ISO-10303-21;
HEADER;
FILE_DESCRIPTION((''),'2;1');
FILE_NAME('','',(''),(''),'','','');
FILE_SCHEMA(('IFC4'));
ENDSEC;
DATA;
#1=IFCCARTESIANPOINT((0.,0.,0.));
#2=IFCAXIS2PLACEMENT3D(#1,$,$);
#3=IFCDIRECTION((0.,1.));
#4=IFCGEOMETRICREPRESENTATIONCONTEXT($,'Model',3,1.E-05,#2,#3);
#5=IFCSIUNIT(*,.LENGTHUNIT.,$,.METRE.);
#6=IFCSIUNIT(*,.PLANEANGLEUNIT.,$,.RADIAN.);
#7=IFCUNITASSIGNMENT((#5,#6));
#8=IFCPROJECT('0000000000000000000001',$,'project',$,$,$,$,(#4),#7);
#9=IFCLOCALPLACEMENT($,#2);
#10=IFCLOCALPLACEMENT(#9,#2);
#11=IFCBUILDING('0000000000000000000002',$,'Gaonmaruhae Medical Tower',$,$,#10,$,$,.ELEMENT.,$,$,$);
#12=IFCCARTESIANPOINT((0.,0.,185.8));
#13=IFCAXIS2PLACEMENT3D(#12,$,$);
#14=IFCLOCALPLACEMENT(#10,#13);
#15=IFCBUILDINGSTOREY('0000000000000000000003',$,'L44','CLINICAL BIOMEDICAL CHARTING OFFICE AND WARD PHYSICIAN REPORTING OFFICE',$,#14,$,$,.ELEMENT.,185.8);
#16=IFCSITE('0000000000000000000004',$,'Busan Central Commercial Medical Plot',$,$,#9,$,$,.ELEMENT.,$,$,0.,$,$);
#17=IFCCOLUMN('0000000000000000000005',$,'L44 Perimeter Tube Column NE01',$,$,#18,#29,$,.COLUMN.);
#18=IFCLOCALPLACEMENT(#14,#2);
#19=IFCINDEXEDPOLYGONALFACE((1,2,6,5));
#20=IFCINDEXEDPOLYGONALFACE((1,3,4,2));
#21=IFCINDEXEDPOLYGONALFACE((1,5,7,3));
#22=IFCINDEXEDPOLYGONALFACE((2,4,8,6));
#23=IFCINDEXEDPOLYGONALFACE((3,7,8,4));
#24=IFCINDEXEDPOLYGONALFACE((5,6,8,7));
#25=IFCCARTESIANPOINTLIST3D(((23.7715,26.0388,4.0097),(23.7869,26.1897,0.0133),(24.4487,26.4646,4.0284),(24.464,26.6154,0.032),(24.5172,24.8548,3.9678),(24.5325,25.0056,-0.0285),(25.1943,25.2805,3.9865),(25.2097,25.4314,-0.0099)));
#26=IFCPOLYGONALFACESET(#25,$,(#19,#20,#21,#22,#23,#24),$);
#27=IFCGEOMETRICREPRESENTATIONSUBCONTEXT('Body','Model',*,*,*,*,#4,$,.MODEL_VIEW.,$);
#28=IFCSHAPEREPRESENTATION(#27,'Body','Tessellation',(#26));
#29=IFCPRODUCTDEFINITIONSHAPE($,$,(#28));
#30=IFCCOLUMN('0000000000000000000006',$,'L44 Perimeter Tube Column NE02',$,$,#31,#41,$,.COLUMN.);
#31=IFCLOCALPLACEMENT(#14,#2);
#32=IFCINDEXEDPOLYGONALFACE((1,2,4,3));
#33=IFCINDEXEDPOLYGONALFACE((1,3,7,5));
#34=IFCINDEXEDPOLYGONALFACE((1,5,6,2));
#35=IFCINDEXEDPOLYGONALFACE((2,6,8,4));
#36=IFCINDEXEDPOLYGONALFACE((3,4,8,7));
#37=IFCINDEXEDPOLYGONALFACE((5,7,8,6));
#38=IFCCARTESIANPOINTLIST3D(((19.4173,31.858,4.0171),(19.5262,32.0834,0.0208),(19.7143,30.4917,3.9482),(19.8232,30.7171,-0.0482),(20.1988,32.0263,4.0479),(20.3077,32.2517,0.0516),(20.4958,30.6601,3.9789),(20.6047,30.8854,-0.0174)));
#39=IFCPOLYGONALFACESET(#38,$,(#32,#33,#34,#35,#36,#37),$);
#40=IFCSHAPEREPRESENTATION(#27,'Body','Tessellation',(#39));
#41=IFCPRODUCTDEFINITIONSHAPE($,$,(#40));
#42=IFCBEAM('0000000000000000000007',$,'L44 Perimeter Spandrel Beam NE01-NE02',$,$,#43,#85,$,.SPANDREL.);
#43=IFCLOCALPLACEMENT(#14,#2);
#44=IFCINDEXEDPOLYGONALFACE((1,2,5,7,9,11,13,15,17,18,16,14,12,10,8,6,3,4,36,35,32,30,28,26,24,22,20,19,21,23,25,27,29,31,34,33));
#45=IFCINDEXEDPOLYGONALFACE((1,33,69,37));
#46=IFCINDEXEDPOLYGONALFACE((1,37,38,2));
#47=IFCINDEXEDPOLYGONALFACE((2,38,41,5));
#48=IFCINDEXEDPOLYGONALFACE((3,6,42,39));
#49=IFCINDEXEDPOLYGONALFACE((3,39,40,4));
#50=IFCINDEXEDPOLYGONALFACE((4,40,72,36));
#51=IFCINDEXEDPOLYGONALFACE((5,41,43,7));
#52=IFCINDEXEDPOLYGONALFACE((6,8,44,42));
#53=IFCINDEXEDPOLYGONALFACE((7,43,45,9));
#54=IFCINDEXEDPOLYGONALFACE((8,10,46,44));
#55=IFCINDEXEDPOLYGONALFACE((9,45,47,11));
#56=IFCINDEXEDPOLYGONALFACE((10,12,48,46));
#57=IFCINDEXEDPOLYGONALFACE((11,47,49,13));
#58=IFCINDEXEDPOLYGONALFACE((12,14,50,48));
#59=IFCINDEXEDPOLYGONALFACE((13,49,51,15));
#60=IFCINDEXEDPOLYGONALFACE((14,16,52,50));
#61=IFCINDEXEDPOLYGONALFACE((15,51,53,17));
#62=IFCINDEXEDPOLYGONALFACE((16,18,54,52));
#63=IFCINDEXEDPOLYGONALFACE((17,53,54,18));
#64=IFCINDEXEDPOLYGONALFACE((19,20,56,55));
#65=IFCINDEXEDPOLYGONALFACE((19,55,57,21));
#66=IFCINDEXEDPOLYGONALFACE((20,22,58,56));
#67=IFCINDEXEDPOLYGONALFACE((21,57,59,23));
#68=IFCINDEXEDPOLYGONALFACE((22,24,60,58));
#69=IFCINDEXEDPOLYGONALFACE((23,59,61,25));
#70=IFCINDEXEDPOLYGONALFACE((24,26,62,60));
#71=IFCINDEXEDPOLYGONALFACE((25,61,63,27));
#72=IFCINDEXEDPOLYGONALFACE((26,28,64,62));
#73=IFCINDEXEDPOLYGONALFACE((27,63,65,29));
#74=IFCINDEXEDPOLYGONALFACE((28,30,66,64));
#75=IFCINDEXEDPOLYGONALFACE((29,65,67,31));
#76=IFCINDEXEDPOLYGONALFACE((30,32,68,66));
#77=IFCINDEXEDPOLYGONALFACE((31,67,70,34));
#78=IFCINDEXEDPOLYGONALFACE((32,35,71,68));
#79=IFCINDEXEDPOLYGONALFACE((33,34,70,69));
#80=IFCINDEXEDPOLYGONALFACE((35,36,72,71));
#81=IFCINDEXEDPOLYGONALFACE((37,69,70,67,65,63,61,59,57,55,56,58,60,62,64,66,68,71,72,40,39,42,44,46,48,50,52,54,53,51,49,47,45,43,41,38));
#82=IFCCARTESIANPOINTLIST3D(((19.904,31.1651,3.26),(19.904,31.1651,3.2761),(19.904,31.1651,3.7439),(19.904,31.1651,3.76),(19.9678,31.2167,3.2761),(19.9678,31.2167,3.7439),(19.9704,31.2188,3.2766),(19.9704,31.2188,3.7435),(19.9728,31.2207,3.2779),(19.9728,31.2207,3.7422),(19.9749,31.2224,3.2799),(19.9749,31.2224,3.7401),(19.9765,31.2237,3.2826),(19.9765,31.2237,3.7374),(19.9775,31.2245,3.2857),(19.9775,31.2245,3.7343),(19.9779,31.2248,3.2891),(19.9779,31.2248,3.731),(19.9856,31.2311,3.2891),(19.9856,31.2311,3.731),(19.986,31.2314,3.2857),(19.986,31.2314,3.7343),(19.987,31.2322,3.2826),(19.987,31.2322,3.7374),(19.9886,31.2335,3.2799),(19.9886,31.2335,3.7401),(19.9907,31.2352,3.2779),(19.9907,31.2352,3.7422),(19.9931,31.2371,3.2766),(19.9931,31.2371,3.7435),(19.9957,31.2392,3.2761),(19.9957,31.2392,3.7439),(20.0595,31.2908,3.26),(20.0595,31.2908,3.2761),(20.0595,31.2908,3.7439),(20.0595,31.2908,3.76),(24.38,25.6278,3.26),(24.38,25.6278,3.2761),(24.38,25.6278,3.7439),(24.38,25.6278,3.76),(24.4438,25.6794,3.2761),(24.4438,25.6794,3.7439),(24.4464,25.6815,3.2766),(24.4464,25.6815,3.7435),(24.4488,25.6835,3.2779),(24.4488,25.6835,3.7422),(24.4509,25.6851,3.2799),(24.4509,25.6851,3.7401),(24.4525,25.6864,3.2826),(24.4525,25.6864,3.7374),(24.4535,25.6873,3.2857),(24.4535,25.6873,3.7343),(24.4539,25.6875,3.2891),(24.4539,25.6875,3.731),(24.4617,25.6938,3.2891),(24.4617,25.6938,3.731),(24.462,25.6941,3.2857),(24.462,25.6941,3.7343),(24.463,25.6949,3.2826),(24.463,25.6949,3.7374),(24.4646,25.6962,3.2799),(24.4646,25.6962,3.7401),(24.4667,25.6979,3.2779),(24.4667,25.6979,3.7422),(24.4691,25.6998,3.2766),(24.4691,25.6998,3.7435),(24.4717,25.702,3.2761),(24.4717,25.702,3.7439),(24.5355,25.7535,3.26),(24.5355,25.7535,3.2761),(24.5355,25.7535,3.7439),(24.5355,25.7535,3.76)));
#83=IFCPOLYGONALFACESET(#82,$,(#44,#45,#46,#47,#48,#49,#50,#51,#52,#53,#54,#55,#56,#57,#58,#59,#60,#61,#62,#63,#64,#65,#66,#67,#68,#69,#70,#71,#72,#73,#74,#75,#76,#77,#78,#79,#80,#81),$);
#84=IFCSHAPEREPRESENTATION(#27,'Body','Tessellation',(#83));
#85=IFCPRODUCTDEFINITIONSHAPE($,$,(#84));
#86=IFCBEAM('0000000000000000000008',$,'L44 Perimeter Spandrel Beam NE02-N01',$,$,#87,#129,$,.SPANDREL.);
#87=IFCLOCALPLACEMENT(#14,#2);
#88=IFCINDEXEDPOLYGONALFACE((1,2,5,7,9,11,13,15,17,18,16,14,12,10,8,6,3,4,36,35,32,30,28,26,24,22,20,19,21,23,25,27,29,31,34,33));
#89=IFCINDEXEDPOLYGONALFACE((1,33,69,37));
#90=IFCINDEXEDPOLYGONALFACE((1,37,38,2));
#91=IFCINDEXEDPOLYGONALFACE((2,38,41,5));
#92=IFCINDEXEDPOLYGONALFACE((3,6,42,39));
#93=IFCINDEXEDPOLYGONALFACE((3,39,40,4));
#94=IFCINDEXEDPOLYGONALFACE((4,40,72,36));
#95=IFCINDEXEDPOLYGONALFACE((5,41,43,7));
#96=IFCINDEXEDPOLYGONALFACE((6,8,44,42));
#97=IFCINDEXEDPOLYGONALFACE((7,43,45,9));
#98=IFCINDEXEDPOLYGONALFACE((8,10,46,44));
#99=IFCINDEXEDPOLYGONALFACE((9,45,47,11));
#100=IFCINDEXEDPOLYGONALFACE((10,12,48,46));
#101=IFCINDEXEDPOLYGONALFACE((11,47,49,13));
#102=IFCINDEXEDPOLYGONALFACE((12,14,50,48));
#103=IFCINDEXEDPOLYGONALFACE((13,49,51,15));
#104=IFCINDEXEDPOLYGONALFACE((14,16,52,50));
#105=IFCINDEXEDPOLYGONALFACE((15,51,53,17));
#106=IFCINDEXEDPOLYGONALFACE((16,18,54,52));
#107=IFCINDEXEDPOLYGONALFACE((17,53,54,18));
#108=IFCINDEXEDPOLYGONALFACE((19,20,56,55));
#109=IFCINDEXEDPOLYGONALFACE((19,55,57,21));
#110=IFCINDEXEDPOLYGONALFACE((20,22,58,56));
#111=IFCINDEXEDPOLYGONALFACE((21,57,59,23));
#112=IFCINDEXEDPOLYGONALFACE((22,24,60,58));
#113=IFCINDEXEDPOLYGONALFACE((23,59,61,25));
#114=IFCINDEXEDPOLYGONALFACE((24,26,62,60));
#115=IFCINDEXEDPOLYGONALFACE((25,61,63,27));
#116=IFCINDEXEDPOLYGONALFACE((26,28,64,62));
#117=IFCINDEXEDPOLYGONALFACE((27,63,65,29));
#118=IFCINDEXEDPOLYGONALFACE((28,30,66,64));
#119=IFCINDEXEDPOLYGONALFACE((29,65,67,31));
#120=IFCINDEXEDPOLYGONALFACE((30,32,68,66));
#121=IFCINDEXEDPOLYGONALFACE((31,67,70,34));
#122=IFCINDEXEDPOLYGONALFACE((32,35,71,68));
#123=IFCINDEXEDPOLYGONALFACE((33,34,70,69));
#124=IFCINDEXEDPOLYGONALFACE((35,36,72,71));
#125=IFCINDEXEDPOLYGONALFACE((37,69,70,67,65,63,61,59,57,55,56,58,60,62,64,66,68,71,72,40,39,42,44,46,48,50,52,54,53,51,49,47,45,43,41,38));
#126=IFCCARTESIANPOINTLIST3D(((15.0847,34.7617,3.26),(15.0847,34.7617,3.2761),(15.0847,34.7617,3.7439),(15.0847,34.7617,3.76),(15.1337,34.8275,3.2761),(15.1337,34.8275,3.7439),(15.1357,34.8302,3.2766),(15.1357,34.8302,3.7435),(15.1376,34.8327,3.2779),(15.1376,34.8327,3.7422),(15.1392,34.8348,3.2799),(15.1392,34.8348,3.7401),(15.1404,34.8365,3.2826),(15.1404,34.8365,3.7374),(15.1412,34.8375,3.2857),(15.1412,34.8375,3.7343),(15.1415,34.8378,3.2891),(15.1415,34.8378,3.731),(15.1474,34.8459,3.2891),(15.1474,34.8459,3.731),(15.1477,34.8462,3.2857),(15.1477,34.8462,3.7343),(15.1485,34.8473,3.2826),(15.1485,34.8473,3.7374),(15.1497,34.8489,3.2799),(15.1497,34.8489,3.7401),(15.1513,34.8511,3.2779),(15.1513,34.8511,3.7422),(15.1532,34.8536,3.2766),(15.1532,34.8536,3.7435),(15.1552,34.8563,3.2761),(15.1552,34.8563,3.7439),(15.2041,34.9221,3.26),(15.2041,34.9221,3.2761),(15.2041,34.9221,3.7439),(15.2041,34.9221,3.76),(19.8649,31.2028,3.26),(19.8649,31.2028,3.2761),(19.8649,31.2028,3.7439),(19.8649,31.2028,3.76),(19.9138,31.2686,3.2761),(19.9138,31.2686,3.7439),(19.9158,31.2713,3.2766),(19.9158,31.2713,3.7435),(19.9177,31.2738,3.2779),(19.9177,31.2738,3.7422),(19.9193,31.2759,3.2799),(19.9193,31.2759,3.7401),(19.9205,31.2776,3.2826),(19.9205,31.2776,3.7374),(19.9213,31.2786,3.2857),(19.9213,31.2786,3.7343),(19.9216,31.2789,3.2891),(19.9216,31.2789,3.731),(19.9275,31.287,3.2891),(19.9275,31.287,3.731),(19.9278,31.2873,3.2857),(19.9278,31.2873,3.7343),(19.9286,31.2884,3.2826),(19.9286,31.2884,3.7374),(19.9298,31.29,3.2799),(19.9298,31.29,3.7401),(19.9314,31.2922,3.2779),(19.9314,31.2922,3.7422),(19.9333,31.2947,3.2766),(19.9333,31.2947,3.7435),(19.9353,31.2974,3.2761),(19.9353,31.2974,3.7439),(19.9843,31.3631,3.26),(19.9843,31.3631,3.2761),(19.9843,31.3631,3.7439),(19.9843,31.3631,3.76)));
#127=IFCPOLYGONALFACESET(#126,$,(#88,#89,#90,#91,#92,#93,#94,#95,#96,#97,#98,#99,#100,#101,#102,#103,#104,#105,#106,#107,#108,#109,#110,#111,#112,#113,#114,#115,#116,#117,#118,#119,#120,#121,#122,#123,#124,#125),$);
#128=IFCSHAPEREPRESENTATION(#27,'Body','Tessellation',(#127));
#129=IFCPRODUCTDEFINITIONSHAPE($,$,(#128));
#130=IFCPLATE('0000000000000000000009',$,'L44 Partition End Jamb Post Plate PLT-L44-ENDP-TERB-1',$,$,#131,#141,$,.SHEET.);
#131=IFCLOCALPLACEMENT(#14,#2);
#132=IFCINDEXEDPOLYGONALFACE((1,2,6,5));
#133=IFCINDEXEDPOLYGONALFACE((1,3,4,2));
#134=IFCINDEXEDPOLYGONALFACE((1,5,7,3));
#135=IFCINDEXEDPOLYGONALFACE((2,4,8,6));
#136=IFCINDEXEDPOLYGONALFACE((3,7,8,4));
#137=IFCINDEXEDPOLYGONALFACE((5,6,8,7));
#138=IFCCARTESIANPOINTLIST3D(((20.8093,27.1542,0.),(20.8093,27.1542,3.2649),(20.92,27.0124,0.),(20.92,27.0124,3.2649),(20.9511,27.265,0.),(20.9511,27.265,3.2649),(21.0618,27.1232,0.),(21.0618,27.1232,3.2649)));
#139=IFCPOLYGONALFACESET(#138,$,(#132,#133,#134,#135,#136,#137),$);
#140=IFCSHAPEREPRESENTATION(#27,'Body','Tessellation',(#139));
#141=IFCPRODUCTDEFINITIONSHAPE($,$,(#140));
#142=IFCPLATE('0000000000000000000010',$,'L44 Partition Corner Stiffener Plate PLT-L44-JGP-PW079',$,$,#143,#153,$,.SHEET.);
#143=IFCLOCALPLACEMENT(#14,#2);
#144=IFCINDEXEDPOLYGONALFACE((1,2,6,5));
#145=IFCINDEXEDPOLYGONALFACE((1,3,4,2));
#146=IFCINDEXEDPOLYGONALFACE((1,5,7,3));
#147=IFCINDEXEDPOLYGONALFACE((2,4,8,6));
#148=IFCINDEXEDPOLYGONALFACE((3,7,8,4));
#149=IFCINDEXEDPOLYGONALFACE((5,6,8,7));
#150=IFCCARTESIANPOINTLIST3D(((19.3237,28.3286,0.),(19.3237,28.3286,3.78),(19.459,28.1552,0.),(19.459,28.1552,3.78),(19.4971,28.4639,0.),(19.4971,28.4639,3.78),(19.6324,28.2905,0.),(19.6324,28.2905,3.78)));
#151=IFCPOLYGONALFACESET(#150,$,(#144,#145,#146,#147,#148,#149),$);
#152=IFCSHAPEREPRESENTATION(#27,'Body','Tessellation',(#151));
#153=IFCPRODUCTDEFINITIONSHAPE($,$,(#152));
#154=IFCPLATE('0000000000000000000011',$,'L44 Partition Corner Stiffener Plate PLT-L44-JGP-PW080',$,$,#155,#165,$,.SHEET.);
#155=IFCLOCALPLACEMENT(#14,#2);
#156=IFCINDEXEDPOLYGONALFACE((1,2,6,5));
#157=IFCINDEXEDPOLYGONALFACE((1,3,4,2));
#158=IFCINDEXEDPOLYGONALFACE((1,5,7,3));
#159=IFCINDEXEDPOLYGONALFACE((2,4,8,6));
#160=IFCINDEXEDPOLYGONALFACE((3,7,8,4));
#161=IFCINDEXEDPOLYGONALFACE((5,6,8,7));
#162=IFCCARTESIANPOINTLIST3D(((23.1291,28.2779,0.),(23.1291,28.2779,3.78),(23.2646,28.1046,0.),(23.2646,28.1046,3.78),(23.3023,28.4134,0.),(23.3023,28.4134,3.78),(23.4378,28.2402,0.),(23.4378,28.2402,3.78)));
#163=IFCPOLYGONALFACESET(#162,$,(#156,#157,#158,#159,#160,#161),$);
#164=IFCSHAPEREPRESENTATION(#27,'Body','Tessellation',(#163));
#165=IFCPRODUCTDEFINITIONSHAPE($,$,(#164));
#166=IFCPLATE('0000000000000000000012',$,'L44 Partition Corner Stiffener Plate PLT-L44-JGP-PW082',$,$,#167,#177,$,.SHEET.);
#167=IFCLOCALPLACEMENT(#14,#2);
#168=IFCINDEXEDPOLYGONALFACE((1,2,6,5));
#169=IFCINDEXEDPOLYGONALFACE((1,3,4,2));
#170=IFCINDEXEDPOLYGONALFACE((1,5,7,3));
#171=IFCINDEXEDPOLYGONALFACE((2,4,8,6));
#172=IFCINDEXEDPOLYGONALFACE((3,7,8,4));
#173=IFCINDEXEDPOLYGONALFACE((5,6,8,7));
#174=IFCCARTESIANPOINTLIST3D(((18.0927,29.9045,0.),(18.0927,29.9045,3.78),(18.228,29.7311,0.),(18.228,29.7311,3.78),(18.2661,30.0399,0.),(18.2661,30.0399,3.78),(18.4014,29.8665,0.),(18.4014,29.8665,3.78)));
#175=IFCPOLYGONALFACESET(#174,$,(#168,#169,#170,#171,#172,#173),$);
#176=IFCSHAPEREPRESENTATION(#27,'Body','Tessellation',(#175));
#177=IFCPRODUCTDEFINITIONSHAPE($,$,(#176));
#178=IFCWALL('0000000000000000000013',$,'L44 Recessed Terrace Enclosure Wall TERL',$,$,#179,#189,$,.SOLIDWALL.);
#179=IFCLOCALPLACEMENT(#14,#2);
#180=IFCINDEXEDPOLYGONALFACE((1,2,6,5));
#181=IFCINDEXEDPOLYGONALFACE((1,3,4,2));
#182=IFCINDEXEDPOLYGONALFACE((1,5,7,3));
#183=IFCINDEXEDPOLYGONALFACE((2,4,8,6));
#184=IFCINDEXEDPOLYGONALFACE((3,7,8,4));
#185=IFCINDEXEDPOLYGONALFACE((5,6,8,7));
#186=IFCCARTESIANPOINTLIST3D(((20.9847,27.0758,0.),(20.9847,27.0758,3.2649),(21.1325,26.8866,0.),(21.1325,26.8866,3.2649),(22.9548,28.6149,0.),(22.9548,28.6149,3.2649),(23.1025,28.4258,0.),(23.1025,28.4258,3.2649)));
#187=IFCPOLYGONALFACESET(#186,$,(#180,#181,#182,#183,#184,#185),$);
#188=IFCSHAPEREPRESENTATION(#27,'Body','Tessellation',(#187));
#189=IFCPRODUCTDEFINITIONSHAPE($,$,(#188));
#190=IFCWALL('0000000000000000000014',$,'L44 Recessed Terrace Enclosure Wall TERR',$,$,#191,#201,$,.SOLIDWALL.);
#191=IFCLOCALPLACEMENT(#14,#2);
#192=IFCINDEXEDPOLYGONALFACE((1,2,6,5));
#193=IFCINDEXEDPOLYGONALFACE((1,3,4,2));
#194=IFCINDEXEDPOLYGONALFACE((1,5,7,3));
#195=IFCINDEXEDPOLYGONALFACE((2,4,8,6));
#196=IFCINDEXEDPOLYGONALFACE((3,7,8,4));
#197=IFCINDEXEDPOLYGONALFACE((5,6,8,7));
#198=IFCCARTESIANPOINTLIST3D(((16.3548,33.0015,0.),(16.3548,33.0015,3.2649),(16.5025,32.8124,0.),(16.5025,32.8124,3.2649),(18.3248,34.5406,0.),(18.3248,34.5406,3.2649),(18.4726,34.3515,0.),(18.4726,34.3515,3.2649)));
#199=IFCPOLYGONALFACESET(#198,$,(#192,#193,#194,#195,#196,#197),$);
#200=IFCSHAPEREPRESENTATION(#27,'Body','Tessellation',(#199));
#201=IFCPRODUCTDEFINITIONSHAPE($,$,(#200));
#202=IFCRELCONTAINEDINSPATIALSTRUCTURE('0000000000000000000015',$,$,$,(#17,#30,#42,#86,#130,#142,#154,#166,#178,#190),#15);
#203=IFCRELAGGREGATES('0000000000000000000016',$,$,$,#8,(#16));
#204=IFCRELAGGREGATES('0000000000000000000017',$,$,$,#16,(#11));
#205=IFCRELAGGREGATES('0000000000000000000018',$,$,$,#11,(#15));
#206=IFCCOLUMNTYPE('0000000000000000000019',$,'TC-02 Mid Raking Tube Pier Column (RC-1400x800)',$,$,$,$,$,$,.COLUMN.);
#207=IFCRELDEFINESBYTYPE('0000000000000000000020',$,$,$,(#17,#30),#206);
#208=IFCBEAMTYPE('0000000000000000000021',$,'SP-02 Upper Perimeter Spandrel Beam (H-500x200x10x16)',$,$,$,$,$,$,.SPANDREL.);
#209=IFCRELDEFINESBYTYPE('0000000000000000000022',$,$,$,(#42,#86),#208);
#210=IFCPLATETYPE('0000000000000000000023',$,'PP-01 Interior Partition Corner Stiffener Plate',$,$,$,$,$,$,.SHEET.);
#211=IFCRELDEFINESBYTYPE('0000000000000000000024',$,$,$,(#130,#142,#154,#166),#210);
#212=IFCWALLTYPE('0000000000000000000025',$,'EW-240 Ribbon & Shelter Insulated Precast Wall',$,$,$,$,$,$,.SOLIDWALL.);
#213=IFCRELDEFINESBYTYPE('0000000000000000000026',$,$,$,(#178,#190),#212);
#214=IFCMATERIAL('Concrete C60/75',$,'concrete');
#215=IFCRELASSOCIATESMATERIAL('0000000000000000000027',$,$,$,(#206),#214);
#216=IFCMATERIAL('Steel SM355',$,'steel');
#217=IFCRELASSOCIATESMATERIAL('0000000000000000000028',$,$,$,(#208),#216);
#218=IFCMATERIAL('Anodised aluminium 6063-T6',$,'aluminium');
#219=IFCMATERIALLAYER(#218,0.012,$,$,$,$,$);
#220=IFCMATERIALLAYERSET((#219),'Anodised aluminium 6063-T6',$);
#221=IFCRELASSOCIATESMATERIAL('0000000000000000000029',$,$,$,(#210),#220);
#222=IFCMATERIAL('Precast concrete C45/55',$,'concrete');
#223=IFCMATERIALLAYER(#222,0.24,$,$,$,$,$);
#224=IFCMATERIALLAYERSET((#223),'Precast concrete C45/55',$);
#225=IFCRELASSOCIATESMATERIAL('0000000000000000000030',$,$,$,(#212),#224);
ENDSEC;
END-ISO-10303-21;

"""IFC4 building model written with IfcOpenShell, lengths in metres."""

from ifc_helpers import new_model, si_unit, direction, frame, frame_2d, origin, origin_2d, place, context, subcontext, project, spatial, rectangle, i_section, extrude, material, layer, layer_set, material_profile, profile_set, type_object, element, save


model = new_model("IFC4")

# Units and contexts
model_context = context("Model", 3, precision=1e-05, world=origin(), true_north=direction((0.0, 1.0)))
body_context = subcontext(model_context, "Body", "Model", "MODEL_VIEW")
ifc_project = project(units=[si_unit("LENGTHUNIT", "METRE"), si_unit("PLANEANGLEUNIT", "RADIAN")], contexts=[model_context])

# Site, building, storey
site_placement = place(None, origin())
site = spatial("IfcSite", under=ifc_project, at=site_placement, Name="Busan Central Commercial Medical Plot", CompositionType="ELEMENT", RefElevation=0.0)
building_placement = place(site_placement, origin())
building = spatial("IfcBuilding", under=site, at=building_placement, Name="Gaonmaruhae Medical Tower", CompositionType="ELEMENT")
storey_placement = place(building_placement, frame((0.0, 0.0, 185.8)))
storey = spatial("IfcBuildingStorey", under=building, at=storey_placement, Name="L44", Description="CLINICAL BIOMEDICAL CHARTING OFFICE AND WARD PHYSICIAN REPORTING OFFICE", CompositionType="ELEMENT", Elevation=185.8)

# Columns
ifc_material_1 = material(Name="Concrete C60/75", Category="concrete")
ifc_material_profile_1 = material_profile(ifc_material_1, rectangle(XDim=1.3999, YDim=0.8, at=origin_2d()), Name="RC-1400x800")
ifc_profile_set_1 = profile_set([ifc_material_profile_1], Name="Concrete C60/75")
column_type = type_object("IfcColumnType", Name="TC-02 Mid Raking Tube Pier Column (RC-1400x800)", PredefinedType="COLUMN", material=ifc_profile_set_1)
column_1_placement = place(storey_placement, frame((24.4983, 25.8105, 0.0017), z_axis=(-0.003846, -0.037727, 0.999281), x_axis=(-0.532628, 0.845822, 0.029883)))
element("IfcColumn", 1, at=column_1_placement, inside=storey, type_object=column_type, Name="L44 Perimeter Tube Column NE01", PredefinedType="COLUMN", context=body_context, shape_type="SweptSolid", body=[
    extrude(rectangle(XDim=1.3999, YDim=0.8, at=origin_2d()), origin(), (0.0, 0.0, 1.0), 3.9993),
])
column_2_placement = place(storey_placement, frame((20.0654, 31.4844, 0.0017), z_axis=(-0.027193, -0.056277, 0.998045), x_axis=(-0.212163, 0.975992, 0.049253)))
element("IfcColumn", 2, at=column_2_placement, inside=storey, type_object=column_type, Name="L44 Perimeter Tube Column NE02", PredefinedType="COLUMN", context=body_context, shape_type="SweptSolid", body=[
    extrude(rectangle(XDim=1.3999, YDim=0.8, at=origin_2d()), origin(), (0.0, 0.0, 1.0), 4.0042),
])

# Beams
ifc_material_2 = material(Name="Steel SM355", Category="steel")
ifc_material_profile_2 = material_profile(ifc_material_2, i_section(OverallWidth=0.2, OverallDepth=0.5, WebThickness=0.01, FlangeThickness=0.0161, FilletRadius=0.0129, at=origin_2d()), Name="H-500x200x10x16")
ifc_profile_set_2 = profile_set([ifc_material_profile_2], Name="Steel SM355")
beam_type = type_object("IfcBeamType", Name="SP-02 Upper Perimeter Spandrel Beam (H-500x200x10x16)", PredefinedType="SPANDREL", material=ifc_profile_set_2)
beam_1_placement = place(storey_placement, frame((24.4578, 25.6907, 3.51), z_axis=(-0.628643, 0.777694, 0.0), x_axis=(-0.777694, -0.628643, 0.0)))
element("IfcBeam", 3, at=beam_1_placement, inside=storey, type_object=beam_type, Name="L44 Perimeter Spandrel Beam NE01-NE02", PredefinedType="SPANDREL", context=body_context, shape_type="SweptSolid", body=[
    extrude(i_section(OverallWidth=0.2, OverallDepth=0.5, WebThickness=0.01, FlangeThickness=0.0161, FilletRadius=0.0129, at=origin_2d()), origin(), (0.0, 0.0, 1.0), 7.1201),
])
beam_2_placement = place(storey_placement, frame((19.9246, 31.283, 3.51), z_axis=(-0.802104, 0.597184, 0.0), x_axis=(-0.597184, -0.802104, 0.0)))
element("IfcBeam", 4, at=beam_2_placement, inside=storey, type_object=beam_type, Name="L44 Perimeter Spandrel Beam NE02-N01", PredefinedType="SPANDREL", context=body_context, shape_type="SweptSolid", body=[
    extrude(i_section(OverallWidth=0.2, OverallDepth=0.5, WebThickness=0.01, FlangeThickness=0.0161, FilletRadius=0.0129, at=origin_2d()), origin(), (0.0, 0.0, 1.0), 5.9595),
])

# Plates
ifc_material_3 = material(Name="Anodised aluminium 6063-T6", Category="aluminium")
ifc_layer_1 = layer(ifc_material_3, 0.012)
ifc_layer_set_1 = layer_set([ifc_layer_1], Name="Anodised aluminium 6063-T6")
plate_type = type_object("IfcPlateType", Name="PP-01 Interior Partition Corner Stiffener Plate", PredefinedType="SHEET", material=ifc_layer_set_1)
plate_placement = place(storey_placement, frame((20.9355, 27.1387, 0.0), z_axis=(0.0, 0.0, 1.0), x_axis=(0.615661, -0.788011, 0.0)))
element("IfcPlate", 5, at=plate_placement, inside=storey, type_object=plate_type, Name="L44 Partition End Jamb Post Plate PLT-L44-ENDP-TERB-1", PredefinedType="SHEET", context=body_context, shape_type="SweptSolid", body=[
    extrude(rectangle(XDim=0.1799, YDim=0.1799, at=origin_2d()), origin(), (0.0, 0.0, 1.0), 3.2649),
])
for number, where, z_axis, x_axis, name in (
    (6, (19.478, 28.3096, 0.0), (0.0, 0.0, 1.0), (0.788301, 0.61529, 0.0), "L44 Partition Corner Stiffener Plate PLT-L44-JGP-PW079"),
    (7, (23.2834, 28.259, 0.0), (0.0, 0.0, 1.0), (0.61606, -0.787699, 0.0), "L44 Partition Corner Stiffener Plate PLT-L44-JGP-PW080"),
    (8, (18.2471, 29.8855, 0.0), (0.0, 0.0, 1.0), (-0.788301, -0.61529, 0.0), "L44 Partition Corner Stiffener Plate PLT-L44-JGP-PW082"),
):
    element("IfcPlate", number, at=place(storey_placement, frame(where, z_axis=z_axis, x_axis=x_axis)), inside=storey, type_object=plate_type, Name=name, PredefinedType="SHEET", context=body_context, shape_type="SweptSolid", body=[
        extrude(rectangle(XDim=0.22, YDim=0.22, at=origin_2d()), origin(), (0.0, 0.0, 1.0), 3.78),
    ])

# Shared definitions
ifc_material_4 = material(Name="Precast concrete C45/55", Category="concrete")
ifc_layer_2 = layer(ifc_material_4, 0.24)
ifc_layer_set_2 = layer_set([ifc_layer_2], Name="Precast concrete C45/55")
wall_type_1 = type_object("IfcWallType", Name="EW-240 Ribbon & Shelter Insulated Precast Wall", PredefinedType="SOLIDWALL", material=ifc_layer_set_2)

# Walls
for number, where, z_axis, x_axis, name in (
    (9, (21.0586, 26.9812, 0.0), (0.0, 0.0, 1.0), (0.78802, 0.61565, 0.0), "L44 Recessed Terrace Enclosure Wall TERL"),
    (10, (18.3987, 34.446, 0.0), (0.0, 0.0, 1.0), (-0.78802, -0.61565, 0.0), "L44 Recessed Terrace Enclosure Wall TERR"),
):
    element("IfcWall", number, at=place(storey_placement, frame(where, z_axis=z_axis, x_axis=x_axis)), inside=storey, type_object=wall_type_1, Name=name, PredefinedType="SOLIDWALL", context=body_context, shape_type="SweptSolid", body=[
        extrude(rectangle(XDim=2.5, YDim=0.24, at=frame_2d((1.25, 0.0))), origin(), (0.0, 0.0, 1.0), 3.2649),
    ])

save(model, "model.ifc")
